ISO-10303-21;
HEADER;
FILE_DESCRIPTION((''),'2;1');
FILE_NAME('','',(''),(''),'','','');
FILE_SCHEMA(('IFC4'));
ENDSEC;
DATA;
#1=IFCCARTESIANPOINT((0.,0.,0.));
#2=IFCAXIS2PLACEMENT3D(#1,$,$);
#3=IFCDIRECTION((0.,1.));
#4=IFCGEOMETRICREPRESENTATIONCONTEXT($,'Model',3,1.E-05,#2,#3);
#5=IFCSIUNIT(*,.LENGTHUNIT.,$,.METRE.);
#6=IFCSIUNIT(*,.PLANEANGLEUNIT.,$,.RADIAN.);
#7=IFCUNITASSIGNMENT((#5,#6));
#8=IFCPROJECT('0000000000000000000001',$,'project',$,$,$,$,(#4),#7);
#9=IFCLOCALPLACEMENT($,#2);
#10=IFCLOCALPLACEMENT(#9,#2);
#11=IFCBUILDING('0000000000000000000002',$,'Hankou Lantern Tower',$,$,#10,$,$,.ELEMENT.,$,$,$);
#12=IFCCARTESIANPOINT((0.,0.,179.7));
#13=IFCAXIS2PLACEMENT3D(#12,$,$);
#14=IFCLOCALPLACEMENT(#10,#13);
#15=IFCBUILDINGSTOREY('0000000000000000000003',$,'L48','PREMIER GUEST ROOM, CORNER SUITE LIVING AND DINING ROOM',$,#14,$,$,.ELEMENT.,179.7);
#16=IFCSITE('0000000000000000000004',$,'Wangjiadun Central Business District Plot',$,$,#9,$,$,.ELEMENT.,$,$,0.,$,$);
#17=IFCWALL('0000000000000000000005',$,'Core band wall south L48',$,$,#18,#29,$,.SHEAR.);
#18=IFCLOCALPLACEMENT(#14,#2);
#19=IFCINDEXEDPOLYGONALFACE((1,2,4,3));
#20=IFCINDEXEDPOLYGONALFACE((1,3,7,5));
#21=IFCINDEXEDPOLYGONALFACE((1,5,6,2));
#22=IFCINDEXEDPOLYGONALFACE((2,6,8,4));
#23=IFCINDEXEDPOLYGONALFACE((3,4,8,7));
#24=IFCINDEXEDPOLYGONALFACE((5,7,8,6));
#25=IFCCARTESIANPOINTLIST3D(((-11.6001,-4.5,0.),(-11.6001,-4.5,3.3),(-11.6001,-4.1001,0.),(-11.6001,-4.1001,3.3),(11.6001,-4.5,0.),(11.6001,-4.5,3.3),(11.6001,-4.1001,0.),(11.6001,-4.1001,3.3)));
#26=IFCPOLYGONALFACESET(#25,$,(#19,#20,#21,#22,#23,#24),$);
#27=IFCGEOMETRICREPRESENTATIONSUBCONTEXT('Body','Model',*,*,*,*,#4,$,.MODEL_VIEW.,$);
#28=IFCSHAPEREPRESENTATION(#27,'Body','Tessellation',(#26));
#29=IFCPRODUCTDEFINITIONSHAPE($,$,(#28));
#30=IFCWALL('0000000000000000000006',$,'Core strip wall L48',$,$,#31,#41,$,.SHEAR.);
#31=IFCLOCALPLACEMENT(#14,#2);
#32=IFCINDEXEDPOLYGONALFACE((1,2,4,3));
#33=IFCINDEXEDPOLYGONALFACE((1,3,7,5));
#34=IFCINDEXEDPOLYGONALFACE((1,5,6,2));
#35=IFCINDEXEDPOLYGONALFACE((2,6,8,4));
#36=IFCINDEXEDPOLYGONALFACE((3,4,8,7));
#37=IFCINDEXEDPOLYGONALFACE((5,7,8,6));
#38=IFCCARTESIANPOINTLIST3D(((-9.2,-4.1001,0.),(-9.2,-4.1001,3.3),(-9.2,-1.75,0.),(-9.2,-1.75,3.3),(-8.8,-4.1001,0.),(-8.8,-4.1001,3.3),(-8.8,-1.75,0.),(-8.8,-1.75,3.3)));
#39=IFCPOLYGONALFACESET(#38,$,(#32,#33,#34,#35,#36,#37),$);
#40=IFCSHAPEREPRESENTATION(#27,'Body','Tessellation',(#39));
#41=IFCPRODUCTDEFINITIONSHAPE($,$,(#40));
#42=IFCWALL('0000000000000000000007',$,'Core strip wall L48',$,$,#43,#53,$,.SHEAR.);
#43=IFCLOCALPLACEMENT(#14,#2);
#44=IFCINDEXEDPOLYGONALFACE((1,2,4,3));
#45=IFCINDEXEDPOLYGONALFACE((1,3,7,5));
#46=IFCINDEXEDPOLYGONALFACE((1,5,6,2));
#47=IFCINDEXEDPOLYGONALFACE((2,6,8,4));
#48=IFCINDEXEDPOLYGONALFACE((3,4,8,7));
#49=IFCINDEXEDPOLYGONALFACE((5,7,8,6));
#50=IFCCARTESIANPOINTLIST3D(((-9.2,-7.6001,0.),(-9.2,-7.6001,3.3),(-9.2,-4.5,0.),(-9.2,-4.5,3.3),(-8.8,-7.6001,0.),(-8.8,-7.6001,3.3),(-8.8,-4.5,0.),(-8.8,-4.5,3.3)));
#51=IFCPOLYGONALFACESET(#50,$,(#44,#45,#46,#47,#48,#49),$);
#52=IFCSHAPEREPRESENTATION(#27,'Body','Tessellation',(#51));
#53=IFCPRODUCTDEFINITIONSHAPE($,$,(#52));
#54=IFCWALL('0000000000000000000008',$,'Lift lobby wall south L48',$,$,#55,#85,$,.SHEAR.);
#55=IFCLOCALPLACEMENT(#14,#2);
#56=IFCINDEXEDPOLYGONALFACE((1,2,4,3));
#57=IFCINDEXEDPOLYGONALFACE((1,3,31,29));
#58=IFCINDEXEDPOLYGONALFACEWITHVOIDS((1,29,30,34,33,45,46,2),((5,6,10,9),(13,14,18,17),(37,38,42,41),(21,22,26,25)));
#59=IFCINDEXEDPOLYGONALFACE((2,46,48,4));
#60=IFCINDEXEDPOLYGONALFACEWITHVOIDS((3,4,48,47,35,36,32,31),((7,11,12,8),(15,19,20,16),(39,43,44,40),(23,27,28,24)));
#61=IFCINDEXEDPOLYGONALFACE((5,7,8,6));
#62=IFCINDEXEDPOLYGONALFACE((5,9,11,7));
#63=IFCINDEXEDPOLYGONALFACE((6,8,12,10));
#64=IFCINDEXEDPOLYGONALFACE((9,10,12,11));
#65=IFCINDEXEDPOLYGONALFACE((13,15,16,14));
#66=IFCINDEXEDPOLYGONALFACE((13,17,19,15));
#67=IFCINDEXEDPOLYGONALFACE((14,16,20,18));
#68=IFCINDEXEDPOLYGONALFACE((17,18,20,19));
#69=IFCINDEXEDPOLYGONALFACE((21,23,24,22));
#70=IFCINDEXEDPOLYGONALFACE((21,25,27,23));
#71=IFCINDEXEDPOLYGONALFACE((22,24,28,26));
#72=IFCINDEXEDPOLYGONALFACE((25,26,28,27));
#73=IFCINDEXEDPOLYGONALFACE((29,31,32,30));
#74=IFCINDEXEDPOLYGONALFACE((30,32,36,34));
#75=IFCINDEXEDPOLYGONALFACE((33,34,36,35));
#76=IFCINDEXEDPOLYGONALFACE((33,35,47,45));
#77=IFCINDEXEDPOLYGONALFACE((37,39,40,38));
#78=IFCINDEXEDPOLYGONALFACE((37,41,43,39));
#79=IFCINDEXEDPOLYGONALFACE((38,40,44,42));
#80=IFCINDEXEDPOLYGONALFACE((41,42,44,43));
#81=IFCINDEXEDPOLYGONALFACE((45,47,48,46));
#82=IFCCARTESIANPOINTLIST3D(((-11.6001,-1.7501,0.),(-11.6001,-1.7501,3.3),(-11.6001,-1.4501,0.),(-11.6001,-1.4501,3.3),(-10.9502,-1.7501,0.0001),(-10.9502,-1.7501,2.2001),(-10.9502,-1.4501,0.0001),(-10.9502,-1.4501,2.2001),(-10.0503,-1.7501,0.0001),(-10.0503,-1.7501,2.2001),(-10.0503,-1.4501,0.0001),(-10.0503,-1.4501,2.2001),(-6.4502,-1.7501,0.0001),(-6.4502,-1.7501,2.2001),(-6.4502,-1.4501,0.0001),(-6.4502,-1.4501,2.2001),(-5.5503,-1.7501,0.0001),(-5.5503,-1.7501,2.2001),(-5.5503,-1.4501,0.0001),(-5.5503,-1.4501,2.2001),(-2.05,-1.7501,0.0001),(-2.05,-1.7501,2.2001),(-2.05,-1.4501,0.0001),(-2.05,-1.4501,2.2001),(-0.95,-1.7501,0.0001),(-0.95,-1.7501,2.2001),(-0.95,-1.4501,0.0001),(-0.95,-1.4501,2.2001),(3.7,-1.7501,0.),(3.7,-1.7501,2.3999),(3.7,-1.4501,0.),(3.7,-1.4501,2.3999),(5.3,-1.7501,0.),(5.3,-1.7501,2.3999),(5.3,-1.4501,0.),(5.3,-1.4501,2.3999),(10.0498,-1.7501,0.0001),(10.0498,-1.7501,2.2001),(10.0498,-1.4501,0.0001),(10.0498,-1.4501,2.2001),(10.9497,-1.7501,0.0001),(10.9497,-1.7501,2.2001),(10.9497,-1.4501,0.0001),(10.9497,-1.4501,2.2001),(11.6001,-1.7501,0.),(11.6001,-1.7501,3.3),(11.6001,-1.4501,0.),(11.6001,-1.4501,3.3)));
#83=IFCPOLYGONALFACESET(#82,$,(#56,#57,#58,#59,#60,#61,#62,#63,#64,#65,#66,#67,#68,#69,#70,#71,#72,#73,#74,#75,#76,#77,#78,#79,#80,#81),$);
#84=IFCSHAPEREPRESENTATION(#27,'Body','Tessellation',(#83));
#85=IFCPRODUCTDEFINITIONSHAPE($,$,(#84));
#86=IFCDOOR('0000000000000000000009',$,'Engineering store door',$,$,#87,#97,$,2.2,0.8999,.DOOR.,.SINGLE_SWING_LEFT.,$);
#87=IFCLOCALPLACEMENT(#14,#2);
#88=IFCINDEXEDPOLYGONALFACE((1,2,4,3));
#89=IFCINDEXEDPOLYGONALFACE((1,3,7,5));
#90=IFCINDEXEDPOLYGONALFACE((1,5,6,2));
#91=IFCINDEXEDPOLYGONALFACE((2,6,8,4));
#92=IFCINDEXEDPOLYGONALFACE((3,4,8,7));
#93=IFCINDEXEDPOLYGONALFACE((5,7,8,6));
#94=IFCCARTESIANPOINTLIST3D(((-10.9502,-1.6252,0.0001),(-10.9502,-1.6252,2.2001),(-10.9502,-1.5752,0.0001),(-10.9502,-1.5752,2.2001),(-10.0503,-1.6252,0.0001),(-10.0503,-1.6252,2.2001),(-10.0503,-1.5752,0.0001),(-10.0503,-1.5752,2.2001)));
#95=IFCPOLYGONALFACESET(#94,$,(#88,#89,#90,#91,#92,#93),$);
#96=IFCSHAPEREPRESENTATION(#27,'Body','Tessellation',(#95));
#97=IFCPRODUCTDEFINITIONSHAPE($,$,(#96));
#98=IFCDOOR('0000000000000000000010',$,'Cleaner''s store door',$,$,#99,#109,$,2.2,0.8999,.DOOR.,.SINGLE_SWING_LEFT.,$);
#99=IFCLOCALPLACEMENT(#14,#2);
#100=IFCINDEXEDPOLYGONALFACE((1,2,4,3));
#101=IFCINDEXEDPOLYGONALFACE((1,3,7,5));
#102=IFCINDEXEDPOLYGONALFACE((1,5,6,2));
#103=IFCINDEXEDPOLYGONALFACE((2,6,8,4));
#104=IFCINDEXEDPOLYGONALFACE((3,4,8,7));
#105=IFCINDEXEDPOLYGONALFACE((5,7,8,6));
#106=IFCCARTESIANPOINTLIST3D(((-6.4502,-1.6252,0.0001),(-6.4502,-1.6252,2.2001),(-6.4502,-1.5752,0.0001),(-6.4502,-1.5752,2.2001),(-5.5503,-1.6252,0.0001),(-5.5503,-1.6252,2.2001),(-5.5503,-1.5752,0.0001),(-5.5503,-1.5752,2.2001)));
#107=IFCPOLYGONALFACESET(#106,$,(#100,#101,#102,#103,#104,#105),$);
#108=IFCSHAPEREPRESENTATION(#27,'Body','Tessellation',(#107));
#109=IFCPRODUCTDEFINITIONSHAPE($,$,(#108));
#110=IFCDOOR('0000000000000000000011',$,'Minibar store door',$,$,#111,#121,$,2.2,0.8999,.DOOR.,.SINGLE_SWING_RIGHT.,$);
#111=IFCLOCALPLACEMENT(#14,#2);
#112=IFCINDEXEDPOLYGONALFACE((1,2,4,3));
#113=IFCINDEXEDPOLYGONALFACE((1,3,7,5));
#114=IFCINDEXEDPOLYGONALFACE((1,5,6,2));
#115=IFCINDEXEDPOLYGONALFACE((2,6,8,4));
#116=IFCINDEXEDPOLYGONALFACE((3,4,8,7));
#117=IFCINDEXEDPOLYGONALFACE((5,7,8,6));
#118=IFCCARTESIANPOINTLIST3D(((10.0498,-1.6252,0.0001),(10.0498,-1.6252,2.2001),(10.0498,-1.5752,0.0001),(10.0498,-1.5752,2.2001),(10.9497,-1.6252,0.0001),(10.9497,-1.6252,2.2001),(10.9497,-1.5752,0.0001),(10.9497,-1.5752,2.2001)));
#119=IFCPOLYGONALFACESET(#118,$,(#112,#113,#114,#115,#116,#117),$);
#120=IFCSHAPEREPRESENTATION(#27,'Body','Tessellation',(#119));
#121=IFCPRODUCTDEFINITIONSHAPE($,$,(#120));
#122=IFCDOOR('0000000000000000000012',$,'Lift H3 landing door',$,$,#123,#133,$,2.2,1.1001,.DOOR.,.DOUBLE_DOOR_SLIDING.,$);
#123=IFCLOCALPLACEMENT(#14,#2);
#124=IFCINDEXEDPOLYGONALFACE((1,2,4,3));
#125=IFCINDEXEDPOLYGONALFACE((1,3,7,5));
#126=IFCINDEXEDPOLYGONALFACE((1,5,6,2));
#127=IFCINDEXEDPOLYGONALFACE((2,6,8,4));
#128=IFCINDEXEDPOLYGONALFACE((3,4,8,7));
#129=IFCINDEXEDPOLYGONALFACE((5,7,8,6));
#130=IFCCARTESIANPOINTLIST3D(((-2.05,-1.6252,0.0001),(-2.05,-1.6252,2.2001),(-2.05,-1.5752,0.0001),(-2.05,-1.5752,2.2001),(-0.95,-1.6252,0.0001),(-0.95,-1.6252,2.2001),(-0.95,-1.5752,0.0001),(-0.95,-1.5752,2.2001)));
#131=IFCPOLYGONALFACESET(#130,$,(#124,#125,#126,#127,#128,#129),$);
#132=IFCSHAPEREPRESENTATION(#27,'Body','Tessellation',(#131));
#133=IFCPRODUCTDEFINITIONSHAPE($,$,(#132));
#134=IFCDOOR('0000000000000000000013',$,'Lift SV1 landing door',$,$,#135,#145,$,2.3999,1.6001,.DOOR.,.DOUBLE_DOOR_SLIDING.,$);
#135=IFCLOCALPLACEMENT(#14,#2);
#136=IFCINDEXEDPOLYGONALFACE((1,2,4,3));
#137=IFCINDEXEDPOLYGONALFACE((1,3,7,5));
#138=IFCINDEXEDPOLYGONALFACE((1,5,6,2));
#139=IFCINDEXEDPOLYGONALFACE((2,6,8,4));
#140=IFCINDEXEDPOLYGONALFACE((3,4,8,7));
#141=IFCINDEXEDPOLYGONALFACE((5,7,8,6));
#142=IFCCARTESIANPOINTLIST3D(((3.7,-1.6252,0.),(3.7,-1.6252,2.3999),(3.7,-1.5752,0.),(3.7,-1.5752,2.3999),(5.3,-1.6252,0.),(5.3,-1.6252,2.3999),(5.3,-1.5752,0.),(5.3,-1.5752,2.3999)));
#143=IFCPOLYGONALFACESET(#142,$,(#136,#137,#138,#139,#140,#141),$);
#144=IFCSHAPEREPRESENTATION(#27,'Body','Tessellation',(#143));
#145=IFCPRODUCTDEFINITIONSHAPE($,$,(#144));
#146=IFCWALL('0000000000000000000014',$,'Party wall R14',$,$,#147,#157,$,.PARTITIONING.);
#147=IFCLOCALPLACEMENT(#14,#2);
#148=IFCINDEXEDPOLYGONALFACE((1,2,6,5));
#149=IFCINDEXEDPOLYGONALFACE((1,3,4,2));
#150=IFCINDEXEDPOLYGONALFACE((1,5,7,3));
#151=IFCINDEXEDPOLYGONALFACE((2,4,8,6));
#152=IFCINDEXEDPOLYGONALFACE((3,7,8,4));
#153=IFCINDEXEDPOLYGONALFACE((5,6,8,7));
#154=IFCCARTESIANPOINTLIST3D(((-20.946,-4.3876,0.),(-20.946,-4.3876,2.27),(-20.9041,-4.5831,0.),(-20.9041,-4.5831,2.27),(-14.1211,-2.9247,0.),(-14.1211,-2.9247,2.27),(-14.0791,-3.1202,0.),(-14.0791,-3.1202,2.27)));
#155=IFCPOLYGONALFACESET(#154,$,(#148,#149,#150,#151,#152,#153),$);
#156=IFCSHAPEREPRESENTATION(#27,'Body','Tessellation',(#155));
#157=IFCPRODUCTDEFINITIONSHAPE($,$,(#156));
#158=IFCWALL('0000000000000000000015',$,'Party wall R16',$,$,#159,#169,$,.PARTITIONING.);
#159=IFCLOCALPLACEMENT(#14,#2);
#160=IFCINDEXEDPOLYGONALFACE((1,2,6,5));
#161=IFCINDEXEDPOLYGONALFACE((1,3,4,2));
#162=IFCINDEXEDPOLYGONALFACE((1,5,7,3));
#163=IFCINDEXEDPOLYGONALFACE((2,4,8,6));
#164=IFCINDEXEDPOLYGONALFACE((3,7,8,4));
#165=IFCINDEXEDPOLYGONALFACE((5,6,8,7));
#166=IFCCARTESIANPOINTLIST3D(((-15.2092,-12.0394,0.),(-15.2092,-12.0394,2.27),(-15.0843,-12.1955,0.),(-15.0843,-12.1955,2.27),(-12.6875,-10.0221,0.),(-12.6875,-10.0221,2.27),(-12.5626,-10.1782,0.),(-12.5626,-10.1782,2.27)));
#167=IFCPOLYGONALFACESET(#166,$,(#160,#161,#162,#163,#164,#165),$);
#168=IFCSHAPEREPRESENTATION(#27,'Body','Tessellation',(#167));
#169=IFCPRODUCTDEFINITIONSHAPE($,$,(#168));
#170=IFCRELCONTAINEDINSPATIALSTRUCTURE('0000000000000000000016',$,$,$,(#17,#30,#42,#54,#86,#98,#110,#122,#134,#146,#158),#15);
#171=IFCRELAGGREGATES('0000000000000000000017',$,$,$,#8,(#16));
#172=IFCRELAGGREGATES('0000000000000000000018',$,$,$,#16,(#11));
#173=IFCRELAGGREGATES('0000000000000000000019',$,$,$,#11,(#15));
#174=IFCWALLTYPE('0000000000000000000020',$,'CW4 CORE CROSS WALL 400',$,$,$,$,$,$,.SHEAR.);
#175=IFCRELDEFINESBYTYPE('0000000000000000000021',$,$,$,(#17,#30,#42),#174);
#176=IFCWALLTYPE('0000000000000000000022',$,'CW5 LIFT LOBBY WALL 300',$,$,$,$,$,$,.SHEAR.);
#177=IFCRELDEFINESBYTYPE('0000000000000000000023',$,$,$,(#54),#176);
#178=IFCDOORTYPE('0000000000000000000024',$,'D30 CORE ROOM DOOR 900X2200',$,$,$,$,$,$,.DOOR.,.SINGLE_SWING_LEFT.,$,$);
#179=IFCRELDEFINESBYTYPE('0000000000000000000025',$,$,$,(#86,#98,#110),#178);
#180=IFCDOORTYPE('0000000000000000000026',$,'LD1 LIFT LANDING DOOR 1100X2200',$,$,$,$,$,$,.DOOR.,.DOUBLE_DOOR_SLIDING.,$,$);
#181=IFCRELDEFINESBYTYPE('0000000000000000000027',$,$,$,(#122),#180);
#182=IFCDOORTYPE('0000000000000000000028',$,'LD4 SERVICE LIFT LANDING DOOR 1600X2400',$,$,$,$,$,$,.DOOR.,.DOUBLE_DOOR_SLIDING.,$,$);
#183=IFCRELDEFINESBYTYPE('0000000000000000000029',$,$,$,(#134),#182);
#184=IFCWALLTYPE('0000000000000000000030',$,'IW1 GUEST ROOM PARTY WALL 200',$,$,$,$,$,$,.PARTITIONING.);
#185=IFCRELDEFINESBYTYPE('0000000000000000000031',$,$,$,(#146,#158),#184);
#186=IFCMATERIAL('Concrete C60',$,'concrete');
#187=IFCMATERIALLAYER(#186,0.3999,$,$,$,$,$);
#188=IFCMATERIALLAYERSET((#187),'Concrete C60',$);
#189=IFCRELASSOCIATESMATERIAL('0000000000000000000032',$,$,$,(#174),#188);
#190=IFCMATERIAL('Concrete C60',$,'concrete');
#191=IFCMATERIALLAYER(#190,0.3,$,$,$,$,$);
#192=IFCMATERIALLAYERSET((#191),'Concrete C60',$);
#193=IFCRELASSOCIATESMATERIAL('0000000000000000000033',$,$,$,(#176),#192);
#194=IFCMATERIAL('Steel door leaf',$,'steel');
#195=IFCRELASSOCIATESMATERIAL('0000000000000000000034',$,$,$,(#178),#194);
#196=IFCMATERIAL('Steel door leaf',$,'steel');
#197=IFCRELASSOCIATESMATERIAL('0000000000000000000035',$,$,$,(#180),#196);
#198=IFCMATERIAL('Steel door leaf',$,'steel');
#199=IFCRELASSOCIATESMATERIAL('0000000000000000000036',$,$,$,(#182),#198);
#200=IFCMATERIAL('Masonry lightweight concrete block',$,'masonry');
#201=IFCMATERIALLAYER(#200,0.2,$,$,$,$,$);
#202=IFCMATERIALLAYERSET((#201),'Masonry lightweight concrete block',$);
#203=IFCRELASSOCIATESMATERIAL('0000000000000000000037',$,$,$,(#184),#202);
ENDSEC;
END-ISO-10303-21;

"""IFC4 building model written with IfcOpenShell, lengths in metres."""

from ifc_helpers import new_model, si_unit, direction, frame, frame_2d, origin, place, context, subcontext, project, spatial, rectangle, extrude, material, layer, layer_set, type_object, element, fill, save


model = new_model("IFC4")

# Units and contexts
model_context = context("Model", 3, precision=1e-05, world=origin(), true_north=direction((0.0, 1.0)))
body_context = subcontext(model_context, "Body", "Model", "MODEL_VIEW")
ifc_project = project(units=[si_unit("LENGTHUNIT", "METRE"), si_unit("PLANEANGLEUNIT", "RADIAN")], contexts=[model_context])

# Site, building, storey
site_placement = place(None, origin())
site = spatial("IfcSite", under=ifc_project, at=site_placement, Name="Wangjiadun Central Business District Plot", CompositionType="ELEMENT", RefElevation=0.0)
building_placement = place(site_placement, origin())
building = spatial("IfcBuilding", under=site, at=building_placement, Name="Hankou Lantern Tower", CompositionType="ELEMENT")
storey_placement = place(building_placement, frame((0.0, 0.0, 179.7)))
storey = spatial("IfcBuildingStorey", under=building, at=storey_placement, Name="L48", Description="PREMIER GUEST ROOM, CORNER SUITE LIVING AND DINING ROOM", CompositionType="ELEMENT", Elevation=179.7)

# Walls
ifc_material_1 = material(Name="Concrete C60", Category="concrete")
ifc_layer_1 = layer(ifc_material_1, 0.3999)
ifc_layer_set_1 = layer_set([ifc_layer_1], Name="Concrete C60")
wall_type_1 = type_object("IfcWallType", Name="CW4 CORE CROSS WALL 400", PredefinedType="SHEAR", material=ifc_layer_set_1)
wall_1_placement = place(storey_placement, frame((-11.6001, -4.3, 0.0), z_axis=(0.0, 0.0, 1.0), x_axis=(1.0, 0.0, 0.0)))
element("IfcWall", 1, at=wall_1_placement, inside=storey, type_object=wall_type_1, Name="Core band wall south L48", PredefinedType="SHEAR", context=body_context, shape_type="SweptSolid", body=[
    extrude(rectangle(XDim=23.2002, YDim=0.3999, at=frame_2d((11.6001, 0.0))), origin(), (0.0, 0.0, 1.0), 3.3),
])
wall_2_placement = place(storey_placement, frame((-9.0, -4.1001, 0.0), z_axis=(0.0, 0.0, 1.0), x_axis=(0.0, 1.0, 0.0)))
element("IfcWall", 2, at=wall_2_placement, inside=storey, type_object=wall_type_1, Name="Core strip wall L48", PredefinedType="SHEAR", context=body_context, shape_type="SweptSolid", body=[
    extrude(rectangle(XDim=2.3501, YDim=0.3999, at=frame_2d((1.175, 0.0))), origin(), (0.0, 0.0, 1.0), 3.3),
])
wall_3_placement = place(storey_placement, frame((-9.0, -7.6001, 0.0), z_axis=(0.0, 0.0, 1.0), x_axis=(0.0, 1.0, 0.0)))
element("IfcWall", 3, at=wall_3_placement, inside=storey, type_object=wall_type_1, Name="Core strip wall L48", PredefinedType="SHEAR", context=body_context, shape_type="SweptSolid", body=[
    extrude(rectangle(XDim=3.1001, YDim=0.3999, at=frame_2d((1.55, 0.0))), origin(), (0.0, 0.0, 1.0), 3.3),
])

# Wall, openings, doors
ifc_material_2 = material(Name="Concrete C60", Category="concrete")
ifc_layer_2 = layer(ifc_material_2, 0.3)
ifc_layer_set_2 = layer_set([ifc_layer_2], Name="Concrete C60")
wall_type_2 = type_object("IfcWallType", Name="CW5 LIFT LOBBY WALL 300", PredefinedType="SHEAR", material=ifc_layer_set_2)
wall_4_placement = place(storey_placement, frame((-11.6001, -1.6001, 0.0), z_axis=(0.0, 0.0, 1.0), x_axis=(1.0, 0.0, 0.0)))
wall_4 = element("IfcWall", 4, at=wall_4_placement, inside=storey, type_object=wall_type_2, Name="Lift lobby wall south L48", PredefinedType="SHEAR", context=body_context, shape_type="SweptSolid", body=[
    extrude(rectangle(XDim=23.2002, YDim=0.3, at=frame_2d((11.6001, 0.0))), origin(), (0.0, 0.0, 1.0), 3.3),
])
opening_1_placement = place(wall_4_placement, frame((9.55, 0.0, 0.0)))
opening_1 = element("IfcOpeningElement", 5, at=opening_1_placement, cuts=wall_4, PredefinedType="OPENING", context=body_context, shape_type="SweptSolid", body=[
    extrude(rectangle(XDim=1.1001, YDim=2.2, at=frame_2d((0.55, 1.1001))), frame((0.0, 0.1599, 0.0), z_axis=(0.0, -1.0, 0.0), x_axis=(1.0, 0.0, 0.0)), (0.0, 0.0, 1.0), 0.3201),
])
opening_2_placement = place(wall_4_placement, frame((15.3, 0.0, 0.0)))
opening_2 = element("IfcOpeningElement", 6, at=opening_2_placement, cuts=wall_4, PredefinedType="OPENING", context=body_context, shape_type="SweptSolid", body=[
    extrude(rectangle(XDim=1.6001, YDim=2.3999, at=frame_2d((0.8, 1.2))), frame((0.0, 0.1599, 0.0), z_axis=(0.0, -1.0, 0.0), x_axis=(1.0, 0.0, 0.0)), (0.0, 0.0, 1.0), 0.3201),
])
opening_3_placement = place(wall_4_placement, frame((0.6499, 0.0, 0.0)))
opening_3 = element("IfcOpeningElement", 7, at=opening_3_placement, cuts=wall_4, PredefinedType="OPENING", context=body_context, shape_type="SweptSolid", body=[
    extrude(rectangle(XDim=0.8999, YDim=2.2, at=frame_2d((0.45, 1.1001))), frame((0.0, 0.1599, 0.0), z_axis=(0.0, -1.0, 0.0), x_axis=(1.0, 0.0, 0.0)), (0.0, 0.0, 1.0), 0.3201),
])
opening_4_placement = place(wall_4_placement, frame((5.1499, 0.0, 0.0)))
opening_4 = element("IfcOpeningElement", 8, at=opening_4_placement, cuts=wall_4, PredefinedType="OPENING", context=body_context, shape_type="SweptSolid", body=[
    extrude(rectangle(XDim=0.8999, YDim=2.2, at=frame_2d((0.45, 1.1001))), frame((0.0, 0.1599, 0.0), z_axis=(0.0, -1.0, 0.0), x_axis=(1.0, 0.0, 0.0)), (0.0, 0.0, 1.0), 0.3201),
])
opening_5_placement = place(wall_4_placement, frame((21.6499, 0.0, 0.0)))
opening_5 = element("IfcOpeningElement", 9, at=opening_5_placement, cuts=wall_4, PredefinedType="OPENING", context=body_context, shape_type="SweptSolid", body=[
    extrude(rectangle(XDim=0.8999, YDim=2.2, at=frame_2d((0.45, 1.1001))), frame((0.0, 0.1599, 0.0), z_axis=(0.0, -1.0, 0.0), x_axis=(1.0, 0.0, 0.0)), (0.0, 0.0, 1.0), 0.3201),
])
ifc_material_3 = material(Name="Steel door leaf", Category="steel")
door_type_1 = type_object("IfcDoorType", Name="D30 CORE ROOM DOOR 900X2200", OperationType="SINGLE_SWING_LEFT", PredefinedType="DOOR", material=ifc_material_3)
door_1_placement = place(opening_3_placement, origin())
door_1 = element("IfcDoor", 10, at=door_1_placement, inside=storey, type_object=door_type_1, Name="Engineering store door", OperationType="SINGLE_SWING_LEFT", OverallHeight=2.2, OverallWidth=0.8999, PredefinedType="DOOR", context=body_context, shape_type="SweptSolid", body=[
    extrude(rectangle(XDim=0.8999, YDim=2.2, at=frame_2d((0.45, 1.1001))), frame((0.0, 0.0249, 0.0), z_axis=(0.0, -1.0, 0.0), x_axis=(1.0, 0.0, 0.0)), (0.0, 0.0, 1.0), 0.05),
])
fill(opening_3, door_1)
door_2_placement = place(opening_4_placement, origin())
door_2 = element("IfcDoor", 11, at=door_2_placement, inside=storey, type_object=door_type_1, Name="Cleaner's store door", OperationType="SINGLE_SWING_LEFT", OverallHeight=2.2, OverallWidth=0.8999, PredefinedType="DOOR", context=body_context, shape_type="SweptSolid", body=[
    extrude(rectangle(XDim=0.8999, YDim=2.2, at=frame_2d((0.45, 1.1001))), frame((0.0, 0.0249, 0.0), z_axis=(0.0, -1.0, 0.0), x_axis=(1.0, 0.0, 0.0)), (0.0, 0.0, 1.0), 0.05),
])
fill(opening_4, door_2)
door_3_placement = place(opening_5_placement, origin())
door_3 = element("IfcDoor", 12, at=door_3_placement, inside=storey, type_object=door_type_1, Name="Minibar store door", OperationType="SINGLE_SWING_RIGHT", OverallHeight=2.2, OverallWidth=0.8999, PredefinedType="DOOR", context=body_context, shape_type="SweptSolid", body=[
    extrude(rectangle(XDim=0.8999, YDim=2.2, at=frame_2d((0.45, 1.1001))), frame((0.0, 0.0249, 0.0), z_axis=(0.0, -1.0, 0.0), x_axis=(1.0, 0.0, 0.0)), (0.0, 0.0, 1.0), 0.05),
])
fill(opening_5, door_3)
ifc_material_4 = material(Name="Steel door leaf", Category="steel")
door_type_2 = type_object("IfcDoorType", Name="LD1 LIFT LANDING DOOR 1100X2200", OperationType="DOUBLE_DOOR_SLIDING", PredefinedType="DOOR", material=ifc_material_4)
door_4_placement = place(opening_1_placement, origin())
door_4 = element("IfcDoor", 13, at=door_4_placement, inside=storey, type_object=door_type_2, Name="Lift H3 landing door", OperationType="DOUBLE_DOOR_SLIDING", OverallHeight=2.2, OverallWidth=1.1001, PredefinedType="DOOR", context=body_context, shape_type="SweptSolid", body=[
    extrude(rectangle(XDim=1.1001, YDim=2.2, at=frame_2d((0.55, 1.1001))), frame((0.0, 0.0249, 0.0), z_axis=(0.0, -1.0, 0.0), x_axis=(1.0, 0.0, 0.0)), (0.0, 0.0, 1.0), 0.05),
])
fill(opening_1, door_4)
ifc_material_5 = material(Name="Steel door leaf", Category="steel")
door_type_3 = type_object("IfcDoorType", Name="LD4 SERVICE LIFT LANDING DOOR 1600X2400", OperationType="DOUBLE_DOOR_SLIDING", PredefinedType="DOOR", material=ifc_material_5)
door_5_placement = place(opening_2_placement, origin())
door_5 = element("IfcDoor", 14, at=door_5_placement, inside=storey, type_object=door_type_3, Name="Lift SV1 landing door", OperationType="DOUBLE_DOOR_SLIDING", OverallHeight=2.3999, OverallWidth=1.6001, PredefinedType="DOOR", context=body_context, shape_type="SweptSolid", body=[
    extrude(rectangle(XDim=1.6001, YDim=2.3999, at=frame_2d((0.8, 1.2))), frame((0.0, 0.0249, 0.0), z_axis=(0.0, -1.0, 0.0), x_axis=(1.0, 0.0, 0.0)), (0.0, 0.0, 1.0), 0.05),
])
fill(opening_2, door_5)

# Walls
ifc_material_6 = material(Name="Masonry lightweight concrete block", Category="masonry")
ifc_layer_3 = layer(ifc_material_6, 0.2)
ifc_layer_set_3 = layer_set([ifc_layer_3], Name="Masonry lightweight concrete block")
wall_type_3 = type_object("IfcWallType", Name="IW1 GUEST ROOM PARTY WALL 200", PredefinedType="PARTITIONING", material=ifc_layer_set_3)
wall_5_placement = place(storey_placement, frame((-14.1001, -3.0225, 0.0), z_axis=(0.0, 0.0, 1.0), x_axis=(-0.977791, -0.209584, 0.0)))
element("IfcWall", 15, at=wall_5_placement, inside=storey, type_object=wall_type_3, Name="Party wall R14", PredefinedType="PARTITIONING", context=body_context, shape_type="SweptSolid", body=[
    extrude(rectangle(XDim=6.98, YDim=0.2, at=frame_2d((3.49, 0.0))), origin(), (0.0, 0.0, 1.0), 2.27),
])
wall_6_placement = place(storey_placement, frame((-12.625, -10.1001, 0.0), z_axis=(0.0, 0.0, 1.0), x_axis=(-0.780876, -0.624686, 0.0)))
element("IfcWall", 16, at=wall_6_placement, inside=storey, type_object=wall_type_3, Name="Party wall R16", PredefinedType="PARTITIONING", context=body_context, shape_type="SweptSolid", body=[
    extrude(rectangle(XDim=3.2292, YDim=0.2, at=frame_2d((1.6147, 0.0))), origin(), (0.0, 0.0, 1.0), 2.27),
])

save(model, "model.ifc")
